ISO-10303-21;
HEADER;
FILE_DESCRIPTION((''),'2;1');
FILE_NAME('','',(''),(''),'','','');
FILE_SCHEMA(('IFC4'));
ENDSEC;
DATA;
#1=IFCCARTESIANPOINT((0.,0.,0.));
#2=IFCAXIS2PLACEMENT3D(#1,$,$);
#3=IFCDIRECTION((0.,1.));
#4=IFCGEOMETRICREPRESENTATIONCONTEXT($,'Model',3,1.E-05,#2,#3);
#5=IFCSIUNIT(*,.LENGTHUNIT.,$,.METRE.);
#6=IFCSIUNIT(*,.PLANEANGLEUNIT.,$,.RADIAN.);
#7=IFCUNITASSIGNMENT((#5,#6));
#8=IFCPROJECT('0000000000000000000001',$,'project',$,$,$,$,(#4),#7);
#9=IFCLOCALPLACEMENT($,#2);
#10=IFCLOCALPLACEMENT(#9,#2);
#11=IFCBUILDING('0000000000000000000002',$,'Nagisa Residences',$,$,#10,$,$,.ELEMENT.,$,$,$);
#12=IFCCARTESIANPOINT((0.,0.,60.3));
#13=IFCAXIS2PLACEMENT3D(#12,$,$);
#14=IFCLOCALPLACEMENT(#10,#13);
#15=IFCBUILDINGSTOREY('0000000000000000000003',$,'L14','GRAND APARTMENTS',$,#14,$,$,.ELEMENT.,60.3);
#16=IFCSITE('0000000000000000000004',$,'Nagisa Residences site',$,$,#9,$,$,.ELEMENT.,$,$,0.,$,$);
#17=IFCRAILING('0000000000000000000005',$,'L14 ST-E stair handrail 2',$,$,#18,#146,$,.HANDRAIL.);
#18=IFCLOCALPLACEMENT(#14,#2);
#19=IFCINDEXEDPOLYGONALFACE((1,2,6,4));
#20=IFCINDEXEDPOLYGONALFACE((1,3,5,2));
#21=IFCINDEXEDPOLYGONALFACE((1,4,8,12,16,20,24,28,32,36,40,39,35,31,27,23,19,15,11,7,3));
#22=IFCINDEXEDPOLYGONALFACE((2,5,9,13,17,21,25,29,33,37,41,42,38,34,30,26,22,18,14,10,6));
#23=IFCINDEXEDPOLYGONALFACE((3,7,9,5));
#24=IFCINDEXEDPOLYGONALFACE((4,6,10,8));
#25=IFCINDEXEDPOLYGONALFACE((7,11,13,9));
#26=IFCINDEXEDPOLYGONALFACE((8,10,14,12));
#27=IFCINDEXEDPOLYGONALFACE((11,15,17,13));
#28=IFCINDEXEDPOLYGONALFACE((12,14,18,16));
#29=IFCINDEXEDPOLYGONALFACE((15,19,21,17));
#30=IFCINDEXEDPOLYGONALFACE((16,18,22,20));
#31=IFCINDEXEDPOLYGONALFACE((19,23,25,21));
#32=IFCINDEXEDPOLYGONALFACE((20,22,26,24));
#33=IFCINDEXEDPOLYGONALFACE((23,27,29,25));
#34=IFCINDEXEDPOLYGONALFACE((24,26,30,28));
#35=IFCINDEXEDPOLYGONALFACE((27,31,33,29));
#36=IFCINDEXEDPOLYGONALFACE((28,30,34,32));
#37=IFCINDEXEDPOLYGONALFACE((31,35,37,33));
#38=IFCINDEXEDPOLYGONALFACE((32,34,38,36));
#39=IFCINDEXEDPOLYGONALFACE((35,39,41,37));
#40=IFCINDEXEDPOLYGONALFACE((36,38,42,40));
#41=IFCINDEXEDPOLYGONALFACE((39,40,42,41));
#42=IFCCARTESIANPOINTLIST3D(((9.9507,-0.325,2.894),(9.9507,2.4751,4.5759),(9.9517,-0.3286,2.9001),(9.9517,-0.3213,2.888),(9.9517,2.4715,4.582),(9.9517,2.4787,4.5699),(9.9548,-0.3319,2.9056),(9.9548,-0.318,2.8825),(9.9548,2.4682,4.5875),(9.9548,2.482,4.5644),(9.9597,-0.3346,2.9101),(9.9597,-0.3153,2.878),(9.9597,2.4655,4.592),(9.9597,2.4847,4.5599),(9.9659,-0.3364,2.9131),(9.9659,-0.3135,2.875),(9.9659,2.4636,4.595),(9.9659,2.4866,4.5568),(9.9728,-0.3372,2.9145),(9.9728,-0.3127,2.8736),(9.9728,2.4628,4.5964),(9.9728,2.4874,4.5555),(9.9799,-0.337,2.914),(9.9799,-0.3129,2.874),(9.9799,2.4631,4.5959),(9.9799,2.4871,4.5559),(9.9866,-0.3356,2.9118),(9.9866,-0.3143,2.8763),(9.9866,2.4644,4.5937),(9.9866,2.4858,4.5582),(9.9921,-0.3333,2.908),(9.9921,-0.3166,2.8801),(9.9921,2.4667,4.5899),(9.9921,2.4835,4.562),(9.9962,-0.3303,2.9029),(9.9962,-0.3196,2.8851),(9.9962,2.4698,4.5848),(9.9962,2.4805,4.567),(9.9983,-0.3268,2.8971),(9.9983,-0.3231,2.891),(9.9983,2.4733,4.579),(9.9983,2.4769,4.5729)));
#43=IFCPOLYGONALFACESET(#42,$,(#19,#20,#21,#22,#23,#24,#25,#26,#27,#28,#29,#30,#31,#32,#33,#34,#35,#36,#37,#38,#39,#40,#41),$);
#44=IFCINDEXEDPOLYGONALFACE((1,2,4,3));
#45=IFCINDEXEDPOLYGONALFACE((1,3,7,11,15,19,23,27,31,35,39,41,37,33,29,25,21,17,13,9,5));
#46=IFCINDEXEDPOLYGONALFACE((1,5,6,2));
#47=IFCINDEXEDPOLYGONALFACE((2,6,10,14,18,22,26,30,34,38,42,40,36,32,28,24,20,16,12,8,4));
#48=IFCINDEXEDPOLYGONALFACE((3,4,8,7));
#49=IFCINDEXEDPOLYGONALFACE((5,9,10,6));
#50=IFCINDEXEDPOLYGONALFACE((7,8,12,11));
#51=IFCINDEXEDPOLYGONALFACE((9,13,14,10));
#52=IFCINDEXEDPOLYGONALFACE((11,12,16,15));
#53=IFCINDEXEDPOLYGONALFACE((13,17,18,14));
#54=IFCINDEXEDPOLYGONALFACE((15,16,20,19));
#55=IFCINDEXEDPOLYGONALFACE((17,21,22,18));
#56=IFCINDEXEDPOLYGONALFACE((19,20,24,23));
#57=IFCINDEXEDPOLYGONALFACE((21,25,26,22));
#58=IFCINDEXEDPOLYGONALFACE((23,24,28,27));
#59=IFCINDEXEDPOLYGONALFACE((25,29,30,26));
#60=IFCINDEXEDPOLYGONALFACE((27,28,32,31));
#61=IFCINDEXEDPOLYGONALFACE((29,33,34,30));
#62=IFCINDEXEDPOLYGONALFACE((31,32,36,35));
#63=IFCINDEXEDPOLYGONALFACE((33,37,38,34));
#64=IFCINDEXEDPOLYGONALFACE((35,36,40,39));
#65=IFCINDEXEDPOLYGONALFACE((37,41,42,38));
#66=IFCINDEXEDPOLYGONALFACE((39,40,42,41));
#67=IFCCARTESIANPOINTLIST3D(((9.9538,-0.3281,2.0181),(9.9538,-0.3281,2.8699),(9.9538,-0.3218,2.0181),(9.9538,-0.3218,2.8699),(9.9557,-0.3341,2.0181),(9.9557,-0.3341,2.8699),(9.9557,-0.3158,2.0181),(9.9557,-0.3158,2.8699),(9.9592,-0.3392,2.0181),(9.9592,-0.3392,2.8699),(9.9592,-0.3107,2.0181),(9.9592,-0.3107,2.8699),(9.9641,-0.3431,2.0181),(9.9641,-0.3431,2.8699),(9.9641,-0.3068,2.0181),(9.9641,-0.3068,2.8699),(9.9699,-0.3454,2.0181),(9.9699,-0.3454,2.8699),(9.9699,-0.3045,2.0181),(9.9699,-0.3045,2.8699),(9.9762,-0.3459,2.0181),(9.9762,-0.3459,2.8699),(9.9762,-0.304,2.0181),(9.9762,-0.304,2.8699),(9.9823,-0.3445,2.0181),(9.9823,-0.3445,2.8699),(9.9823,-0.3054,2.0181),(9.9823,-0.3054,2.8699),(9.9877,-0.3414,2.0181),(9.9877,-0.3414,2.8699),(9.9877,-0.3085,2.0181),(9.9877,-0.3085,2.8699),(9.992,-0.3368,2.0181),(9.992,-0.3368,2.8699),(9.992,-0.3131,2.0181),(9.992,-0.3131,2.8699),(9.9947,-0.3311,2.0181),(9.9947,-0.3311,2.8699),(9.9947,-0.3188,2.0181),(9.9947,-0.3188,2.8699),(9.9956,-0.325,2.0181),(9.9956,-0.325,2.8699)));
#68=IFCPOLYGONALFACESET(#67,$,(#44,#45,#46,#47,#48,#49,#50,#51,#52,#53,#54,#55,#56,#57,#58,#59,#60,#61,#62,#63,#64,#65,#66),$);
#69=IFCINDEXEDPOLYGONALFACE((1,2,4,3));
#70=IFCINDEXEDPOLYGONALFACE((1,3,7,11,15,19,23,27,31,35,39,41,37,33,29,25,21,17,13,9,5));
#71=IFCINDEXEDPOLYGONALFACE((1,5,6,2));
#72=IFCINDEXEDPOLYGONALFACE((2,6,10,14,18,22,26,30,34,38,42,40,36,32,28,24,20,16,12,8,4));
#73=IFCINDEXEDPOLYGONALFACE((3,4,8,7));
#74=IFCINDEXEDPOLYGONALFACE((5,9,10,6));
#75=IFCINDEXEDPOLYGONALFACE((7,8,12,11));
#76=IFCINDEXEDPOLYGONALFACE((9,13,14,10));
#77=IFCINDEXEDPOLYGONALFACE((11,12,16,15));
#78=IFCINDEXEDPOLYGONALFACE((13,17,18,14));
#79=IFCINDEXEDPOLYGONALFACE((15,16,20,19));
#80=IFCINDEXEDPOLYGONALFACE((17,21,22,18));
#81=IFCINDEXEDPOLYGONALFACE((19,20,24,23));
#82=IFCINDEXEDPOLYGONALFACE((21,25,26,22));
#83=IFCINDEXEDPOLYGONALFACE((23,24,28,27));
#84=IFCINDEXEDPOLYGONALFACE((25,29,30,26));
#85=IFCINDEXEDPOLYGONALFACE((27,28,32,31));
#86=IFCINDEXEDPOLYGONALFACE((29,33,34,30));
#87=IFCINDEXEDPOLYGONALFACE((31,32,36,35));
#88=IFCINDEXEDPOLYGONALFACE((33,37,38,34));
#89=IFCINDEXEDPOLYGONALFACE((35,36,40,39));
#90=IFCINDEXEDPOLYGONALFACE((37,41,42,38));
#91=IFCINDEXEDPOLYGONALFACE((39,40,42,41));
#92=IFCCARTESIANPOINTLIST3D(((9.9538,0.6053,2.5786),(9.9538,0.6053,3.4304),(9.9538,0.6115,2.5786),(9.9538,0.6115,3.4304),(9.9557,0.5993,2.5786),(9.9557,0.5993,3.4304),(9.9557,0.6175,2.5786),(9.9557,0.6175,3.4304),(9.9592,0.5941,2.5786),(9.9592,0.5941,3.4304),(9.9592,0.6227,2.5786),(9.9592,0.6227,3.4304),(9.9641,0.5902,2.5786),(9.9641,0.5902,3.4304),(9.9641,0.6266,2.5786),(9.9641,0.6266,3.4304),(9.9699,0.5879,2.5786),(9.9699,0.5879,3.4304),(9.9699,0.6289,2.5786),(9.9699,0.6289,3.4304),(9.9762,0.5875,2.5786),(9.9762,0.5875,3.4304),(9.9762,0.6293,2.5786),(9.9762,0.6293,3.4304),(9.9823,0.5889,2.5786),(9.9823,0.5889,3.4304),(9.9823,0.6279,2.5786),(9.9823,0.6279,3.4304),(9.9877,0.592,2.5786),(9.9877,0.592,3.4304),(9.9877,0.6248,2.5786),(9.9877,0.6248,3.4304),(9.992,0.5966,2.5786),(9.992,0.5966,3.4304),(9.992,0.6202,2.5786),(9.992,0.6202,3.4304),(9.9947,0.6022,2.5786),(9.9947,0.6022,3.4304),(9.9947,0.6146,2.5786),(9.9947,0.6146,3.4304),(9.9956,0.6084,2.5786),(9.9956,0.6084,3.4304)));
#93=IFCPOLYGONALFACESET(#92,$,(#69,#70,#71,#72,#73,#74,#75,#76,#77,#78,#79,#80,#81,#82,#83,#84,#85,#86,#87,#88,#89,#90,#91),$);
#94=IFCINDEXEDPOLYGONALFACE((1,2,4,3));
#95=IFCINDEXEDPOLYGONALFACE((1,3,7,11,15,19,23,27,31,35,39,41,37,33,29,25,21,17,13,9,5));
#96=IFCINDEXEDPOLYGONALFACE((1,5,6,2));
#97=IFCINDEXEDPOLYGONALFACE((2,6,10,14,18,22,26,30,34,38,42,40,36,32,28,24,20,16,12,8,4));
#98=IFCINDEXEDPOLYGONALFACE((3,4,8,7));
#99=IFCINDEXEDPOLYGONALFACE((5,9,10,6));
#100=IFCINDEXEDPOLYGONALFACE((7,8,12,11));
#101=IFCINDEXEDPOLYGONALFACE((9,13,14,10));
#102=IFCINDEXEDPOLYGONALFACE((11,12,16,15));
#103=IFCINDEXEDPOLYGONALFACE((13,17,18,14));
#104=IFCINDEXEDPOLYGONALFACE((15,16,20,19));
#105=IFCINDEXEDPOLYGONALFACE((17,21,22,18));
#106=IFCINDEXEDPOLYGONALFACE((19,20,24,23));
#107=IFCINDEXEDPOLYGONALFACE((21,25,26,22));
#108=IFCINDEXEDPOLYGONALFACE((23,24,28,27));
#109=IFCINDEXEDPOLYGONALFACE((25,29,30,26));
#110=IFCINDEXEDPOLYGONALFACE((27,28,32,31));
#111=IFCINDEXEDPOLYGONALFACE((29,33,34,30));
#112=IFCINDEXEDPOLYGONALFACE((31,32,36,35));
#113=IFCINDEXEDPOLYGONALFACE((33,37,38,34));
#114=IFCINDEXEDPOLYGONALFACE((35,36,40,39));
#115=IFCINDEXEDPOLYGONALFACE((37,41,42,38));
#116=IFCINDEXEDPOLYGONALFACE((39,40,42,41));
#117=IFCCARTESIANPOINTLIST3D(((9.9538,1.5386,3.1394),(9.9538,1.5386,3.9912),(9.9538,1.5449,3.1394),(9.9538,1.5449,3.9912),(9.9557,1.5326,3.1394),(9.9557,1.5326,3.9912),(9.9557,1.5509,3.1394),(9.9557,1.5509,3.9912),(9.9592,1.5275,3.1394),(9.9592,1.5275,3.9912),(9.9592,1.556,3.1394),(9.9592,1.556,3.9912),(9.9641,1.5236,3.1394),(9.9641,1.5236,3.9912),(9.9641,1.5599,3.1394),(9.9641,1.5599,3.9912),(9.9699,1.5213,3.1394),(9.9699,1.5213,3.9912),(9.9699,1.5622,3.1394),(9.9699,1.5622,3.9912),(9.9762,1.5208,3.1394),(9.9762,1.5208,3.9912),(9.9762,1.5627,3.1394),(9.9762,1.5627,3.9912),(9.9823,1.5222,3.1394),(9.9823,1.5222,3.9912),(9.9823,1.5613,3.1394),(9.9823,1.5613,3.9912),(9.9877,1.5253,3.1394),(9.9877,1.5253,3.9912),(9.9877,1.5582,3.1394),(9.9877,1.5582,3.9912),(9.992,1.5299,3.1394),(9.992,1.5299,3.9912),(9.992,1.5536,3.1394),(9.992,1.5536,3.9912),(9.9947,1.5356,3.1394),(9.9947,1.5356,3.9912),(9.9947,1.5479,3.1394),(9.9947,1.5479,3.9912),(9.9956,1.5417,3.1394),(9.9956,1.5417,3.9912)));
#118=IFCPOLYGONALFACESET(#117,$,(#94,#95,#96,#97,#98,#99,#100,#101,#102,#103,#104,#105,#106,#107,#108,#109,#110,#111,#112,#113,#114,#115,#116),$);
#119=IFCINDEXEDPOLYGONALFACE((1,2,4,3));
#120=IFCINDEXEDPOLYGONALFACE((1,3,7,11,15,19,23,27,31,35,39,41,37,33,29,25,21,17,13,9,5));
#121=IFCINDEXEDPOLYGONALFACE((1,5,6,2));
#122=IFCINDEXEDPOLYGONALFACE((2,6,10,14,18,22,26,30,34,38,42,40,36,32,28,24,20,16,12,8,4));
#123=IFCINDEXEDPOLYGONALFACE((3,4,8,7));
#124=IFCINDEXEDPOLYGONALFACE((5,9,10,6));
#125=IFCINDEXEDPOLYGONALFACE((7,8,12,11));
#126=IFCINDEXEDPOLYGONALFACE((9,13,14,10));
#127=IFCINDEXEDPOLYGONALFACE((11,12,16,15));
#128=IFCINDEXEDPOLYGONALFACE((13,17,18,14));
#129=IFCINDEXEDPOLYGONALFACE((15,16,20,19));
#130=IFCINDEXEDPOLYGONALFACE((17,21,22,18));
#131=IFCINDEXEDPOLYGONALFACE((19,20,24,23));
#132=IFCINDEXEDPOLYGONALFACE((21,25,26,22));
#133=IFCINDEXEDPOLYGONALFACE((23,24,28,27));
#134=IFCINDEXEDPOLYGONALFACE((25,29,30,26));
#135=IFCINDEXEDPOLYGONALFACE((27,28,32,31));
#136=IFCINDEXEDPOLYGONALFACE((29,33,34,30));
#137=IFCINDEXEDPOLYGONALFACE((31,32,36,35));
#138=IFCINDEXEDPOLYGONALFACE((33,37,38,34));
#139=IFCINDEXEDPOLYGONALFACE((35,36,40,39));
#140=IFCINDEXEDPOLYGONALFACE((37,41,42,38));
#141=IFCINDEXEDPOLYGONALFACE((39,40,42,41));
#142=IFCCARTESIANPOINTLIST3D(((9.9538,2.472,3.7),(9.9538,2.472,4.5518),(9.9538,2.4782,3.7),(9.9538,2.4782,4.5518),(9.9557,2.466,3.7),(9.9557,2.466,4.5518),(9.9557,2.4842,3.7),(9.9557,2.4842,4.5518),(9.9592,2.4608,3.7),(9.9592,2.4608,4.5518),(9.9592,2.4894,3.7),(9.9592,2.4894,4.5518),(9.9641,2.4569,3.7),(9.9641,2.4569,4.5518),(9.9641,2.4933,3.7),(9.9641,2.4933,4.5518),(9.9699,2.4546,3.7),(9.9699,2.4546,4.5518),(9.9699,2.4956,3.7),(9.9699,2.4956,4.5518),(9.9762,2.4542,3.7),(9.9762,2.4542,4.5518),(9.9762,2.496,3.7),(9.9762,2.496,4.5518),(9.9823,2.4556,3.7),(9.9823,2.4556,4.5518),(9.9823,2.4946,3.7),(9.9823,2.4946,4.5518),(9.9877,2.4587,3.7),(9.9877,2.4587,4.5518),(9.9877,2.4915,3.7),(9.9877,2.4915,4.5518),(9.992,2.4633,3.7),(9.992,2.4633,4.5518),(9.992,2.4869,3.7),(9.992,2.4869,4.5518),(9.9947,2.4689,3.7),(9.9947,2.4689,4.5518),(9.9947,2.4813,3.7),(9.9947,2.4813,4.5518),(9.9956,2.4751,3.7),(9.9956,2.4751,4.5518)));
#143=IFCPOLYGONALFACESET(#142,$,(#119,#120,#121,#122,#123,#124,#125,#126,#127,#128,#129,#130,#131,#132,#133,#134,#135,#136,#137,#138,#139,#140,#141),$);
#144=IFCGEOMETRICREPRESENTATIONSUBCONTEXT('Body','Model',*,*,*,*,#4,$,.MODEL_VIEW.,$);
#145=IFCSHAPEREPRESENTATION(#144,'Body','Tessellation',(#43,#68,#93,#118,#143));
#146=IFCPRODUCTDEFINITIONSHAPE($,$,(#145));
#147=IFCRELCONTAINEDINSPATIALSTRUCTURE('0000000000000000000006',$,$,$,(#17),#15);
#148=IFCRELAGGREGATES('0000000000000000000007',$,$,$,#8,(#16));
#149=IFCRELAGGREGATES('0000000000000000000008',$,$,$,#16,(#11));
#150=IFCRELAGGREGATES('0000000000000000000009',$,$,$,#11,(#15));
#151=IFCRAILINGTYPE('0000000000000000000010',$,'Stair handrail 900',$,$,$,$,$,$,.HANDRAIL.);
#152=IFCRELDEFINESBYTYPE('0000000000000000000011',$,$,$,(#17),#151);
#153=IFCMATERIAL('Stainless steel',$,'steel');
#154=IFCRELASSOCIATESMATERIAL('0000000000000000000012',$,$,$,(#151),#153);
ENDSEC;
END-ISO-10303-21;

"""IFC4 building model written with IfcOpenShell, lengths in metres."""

from ifc_helpers import new_model, si_unit, direction, frame, origin, origin_2d, place, context, subcontext, project, spatial, circle, extrude, material, type_object, element, save


model = new_model("IFC4")

# Units and contexts
model_context = context("Model", 3, precision=1e-05, world=origin(), true_north=direction((0.0, 1.0)))
body_context = subcontext(model_context, "Body", "Model", "MODEL_VIEW")
ifc_project = project(units=[si_unit("LENGTHUNIT", "METRE"), si_unit("PLANEANGLEUNIT", "RADIAN")], contexts=[model_context])

# Site, building, storey
site_placement = place(None, origin())
site = spatial("IfcSite", under=ifc_project, at=site_placement, Name="Nagisa Residences site", CompositionType="ELEMENT", RefElevation=0.0)
building_placement = place(site_placement, origin())
building = spatial("IfcBuilding", under=site, at=building_placement, Name="Nagisa Residences", CompositionType="ELEMENT")
storey_placement = place(building_placement, frame((0.0, 0.0, 60.3)))
storey = spatial("IfcBuildingStorey", under=building, at=storey_placement, Name="L14", Description="GRAND APARTMENTS", CompositionType="ELEMENT", Elevation=60.3)

# Railing
ifc_material_1 = material(Name="Stainless steel", Category="steel")
railing_type = type_object("IfcRailingType", Name="Stair handrail 900", PredefinedType="HANDRAIL", material=ifc_material_1)
railing_1_placement = place(storey_placement, frame((9.9746, -0.325, 2.0181)))
element("IfcRailing", 1, at=railing_1_placement, inside=storey, type_object=railing_type, Name="L14 ST-E stair handrail 2", PredefinedType="HANDRAIL", context=body_context, shape_type="SweptSolid", body=[
    extrude(circle(Radius=0.0239, at=origin_2d()), frame((0.0, 0.0, 0.876), z_axis=(0.0, 0.857242, 0.514913), x_axis=(-1.0, 0.0, 0.0)), (0.0, 0.0, 1.0), 3.2664),
    extrude(circle(Radius=0.021, at=origin_2d()), origin(), (0.0, 0.0, 1.0), 0.8518),
    extrude(circle(Radius=0.021, at=origin_2d()), frame((0.0, 0.9333, 0.5605)), (0.0, 0.0, 1.0), 0.8518),
    extrude(circle(Radius=0.021, at=origin_2d()), frame((0.0, 1.8667, 1.1213)), (0.0, 0.0, 1.0), 0.8518),
    extrude(circle(Radius=0.021, at=origin_2d()), frame((0.0, 2.8, 1.6819)), (0.0, 0.0, 1.0), 0.8518),
])

save(model, "model.ifc")
